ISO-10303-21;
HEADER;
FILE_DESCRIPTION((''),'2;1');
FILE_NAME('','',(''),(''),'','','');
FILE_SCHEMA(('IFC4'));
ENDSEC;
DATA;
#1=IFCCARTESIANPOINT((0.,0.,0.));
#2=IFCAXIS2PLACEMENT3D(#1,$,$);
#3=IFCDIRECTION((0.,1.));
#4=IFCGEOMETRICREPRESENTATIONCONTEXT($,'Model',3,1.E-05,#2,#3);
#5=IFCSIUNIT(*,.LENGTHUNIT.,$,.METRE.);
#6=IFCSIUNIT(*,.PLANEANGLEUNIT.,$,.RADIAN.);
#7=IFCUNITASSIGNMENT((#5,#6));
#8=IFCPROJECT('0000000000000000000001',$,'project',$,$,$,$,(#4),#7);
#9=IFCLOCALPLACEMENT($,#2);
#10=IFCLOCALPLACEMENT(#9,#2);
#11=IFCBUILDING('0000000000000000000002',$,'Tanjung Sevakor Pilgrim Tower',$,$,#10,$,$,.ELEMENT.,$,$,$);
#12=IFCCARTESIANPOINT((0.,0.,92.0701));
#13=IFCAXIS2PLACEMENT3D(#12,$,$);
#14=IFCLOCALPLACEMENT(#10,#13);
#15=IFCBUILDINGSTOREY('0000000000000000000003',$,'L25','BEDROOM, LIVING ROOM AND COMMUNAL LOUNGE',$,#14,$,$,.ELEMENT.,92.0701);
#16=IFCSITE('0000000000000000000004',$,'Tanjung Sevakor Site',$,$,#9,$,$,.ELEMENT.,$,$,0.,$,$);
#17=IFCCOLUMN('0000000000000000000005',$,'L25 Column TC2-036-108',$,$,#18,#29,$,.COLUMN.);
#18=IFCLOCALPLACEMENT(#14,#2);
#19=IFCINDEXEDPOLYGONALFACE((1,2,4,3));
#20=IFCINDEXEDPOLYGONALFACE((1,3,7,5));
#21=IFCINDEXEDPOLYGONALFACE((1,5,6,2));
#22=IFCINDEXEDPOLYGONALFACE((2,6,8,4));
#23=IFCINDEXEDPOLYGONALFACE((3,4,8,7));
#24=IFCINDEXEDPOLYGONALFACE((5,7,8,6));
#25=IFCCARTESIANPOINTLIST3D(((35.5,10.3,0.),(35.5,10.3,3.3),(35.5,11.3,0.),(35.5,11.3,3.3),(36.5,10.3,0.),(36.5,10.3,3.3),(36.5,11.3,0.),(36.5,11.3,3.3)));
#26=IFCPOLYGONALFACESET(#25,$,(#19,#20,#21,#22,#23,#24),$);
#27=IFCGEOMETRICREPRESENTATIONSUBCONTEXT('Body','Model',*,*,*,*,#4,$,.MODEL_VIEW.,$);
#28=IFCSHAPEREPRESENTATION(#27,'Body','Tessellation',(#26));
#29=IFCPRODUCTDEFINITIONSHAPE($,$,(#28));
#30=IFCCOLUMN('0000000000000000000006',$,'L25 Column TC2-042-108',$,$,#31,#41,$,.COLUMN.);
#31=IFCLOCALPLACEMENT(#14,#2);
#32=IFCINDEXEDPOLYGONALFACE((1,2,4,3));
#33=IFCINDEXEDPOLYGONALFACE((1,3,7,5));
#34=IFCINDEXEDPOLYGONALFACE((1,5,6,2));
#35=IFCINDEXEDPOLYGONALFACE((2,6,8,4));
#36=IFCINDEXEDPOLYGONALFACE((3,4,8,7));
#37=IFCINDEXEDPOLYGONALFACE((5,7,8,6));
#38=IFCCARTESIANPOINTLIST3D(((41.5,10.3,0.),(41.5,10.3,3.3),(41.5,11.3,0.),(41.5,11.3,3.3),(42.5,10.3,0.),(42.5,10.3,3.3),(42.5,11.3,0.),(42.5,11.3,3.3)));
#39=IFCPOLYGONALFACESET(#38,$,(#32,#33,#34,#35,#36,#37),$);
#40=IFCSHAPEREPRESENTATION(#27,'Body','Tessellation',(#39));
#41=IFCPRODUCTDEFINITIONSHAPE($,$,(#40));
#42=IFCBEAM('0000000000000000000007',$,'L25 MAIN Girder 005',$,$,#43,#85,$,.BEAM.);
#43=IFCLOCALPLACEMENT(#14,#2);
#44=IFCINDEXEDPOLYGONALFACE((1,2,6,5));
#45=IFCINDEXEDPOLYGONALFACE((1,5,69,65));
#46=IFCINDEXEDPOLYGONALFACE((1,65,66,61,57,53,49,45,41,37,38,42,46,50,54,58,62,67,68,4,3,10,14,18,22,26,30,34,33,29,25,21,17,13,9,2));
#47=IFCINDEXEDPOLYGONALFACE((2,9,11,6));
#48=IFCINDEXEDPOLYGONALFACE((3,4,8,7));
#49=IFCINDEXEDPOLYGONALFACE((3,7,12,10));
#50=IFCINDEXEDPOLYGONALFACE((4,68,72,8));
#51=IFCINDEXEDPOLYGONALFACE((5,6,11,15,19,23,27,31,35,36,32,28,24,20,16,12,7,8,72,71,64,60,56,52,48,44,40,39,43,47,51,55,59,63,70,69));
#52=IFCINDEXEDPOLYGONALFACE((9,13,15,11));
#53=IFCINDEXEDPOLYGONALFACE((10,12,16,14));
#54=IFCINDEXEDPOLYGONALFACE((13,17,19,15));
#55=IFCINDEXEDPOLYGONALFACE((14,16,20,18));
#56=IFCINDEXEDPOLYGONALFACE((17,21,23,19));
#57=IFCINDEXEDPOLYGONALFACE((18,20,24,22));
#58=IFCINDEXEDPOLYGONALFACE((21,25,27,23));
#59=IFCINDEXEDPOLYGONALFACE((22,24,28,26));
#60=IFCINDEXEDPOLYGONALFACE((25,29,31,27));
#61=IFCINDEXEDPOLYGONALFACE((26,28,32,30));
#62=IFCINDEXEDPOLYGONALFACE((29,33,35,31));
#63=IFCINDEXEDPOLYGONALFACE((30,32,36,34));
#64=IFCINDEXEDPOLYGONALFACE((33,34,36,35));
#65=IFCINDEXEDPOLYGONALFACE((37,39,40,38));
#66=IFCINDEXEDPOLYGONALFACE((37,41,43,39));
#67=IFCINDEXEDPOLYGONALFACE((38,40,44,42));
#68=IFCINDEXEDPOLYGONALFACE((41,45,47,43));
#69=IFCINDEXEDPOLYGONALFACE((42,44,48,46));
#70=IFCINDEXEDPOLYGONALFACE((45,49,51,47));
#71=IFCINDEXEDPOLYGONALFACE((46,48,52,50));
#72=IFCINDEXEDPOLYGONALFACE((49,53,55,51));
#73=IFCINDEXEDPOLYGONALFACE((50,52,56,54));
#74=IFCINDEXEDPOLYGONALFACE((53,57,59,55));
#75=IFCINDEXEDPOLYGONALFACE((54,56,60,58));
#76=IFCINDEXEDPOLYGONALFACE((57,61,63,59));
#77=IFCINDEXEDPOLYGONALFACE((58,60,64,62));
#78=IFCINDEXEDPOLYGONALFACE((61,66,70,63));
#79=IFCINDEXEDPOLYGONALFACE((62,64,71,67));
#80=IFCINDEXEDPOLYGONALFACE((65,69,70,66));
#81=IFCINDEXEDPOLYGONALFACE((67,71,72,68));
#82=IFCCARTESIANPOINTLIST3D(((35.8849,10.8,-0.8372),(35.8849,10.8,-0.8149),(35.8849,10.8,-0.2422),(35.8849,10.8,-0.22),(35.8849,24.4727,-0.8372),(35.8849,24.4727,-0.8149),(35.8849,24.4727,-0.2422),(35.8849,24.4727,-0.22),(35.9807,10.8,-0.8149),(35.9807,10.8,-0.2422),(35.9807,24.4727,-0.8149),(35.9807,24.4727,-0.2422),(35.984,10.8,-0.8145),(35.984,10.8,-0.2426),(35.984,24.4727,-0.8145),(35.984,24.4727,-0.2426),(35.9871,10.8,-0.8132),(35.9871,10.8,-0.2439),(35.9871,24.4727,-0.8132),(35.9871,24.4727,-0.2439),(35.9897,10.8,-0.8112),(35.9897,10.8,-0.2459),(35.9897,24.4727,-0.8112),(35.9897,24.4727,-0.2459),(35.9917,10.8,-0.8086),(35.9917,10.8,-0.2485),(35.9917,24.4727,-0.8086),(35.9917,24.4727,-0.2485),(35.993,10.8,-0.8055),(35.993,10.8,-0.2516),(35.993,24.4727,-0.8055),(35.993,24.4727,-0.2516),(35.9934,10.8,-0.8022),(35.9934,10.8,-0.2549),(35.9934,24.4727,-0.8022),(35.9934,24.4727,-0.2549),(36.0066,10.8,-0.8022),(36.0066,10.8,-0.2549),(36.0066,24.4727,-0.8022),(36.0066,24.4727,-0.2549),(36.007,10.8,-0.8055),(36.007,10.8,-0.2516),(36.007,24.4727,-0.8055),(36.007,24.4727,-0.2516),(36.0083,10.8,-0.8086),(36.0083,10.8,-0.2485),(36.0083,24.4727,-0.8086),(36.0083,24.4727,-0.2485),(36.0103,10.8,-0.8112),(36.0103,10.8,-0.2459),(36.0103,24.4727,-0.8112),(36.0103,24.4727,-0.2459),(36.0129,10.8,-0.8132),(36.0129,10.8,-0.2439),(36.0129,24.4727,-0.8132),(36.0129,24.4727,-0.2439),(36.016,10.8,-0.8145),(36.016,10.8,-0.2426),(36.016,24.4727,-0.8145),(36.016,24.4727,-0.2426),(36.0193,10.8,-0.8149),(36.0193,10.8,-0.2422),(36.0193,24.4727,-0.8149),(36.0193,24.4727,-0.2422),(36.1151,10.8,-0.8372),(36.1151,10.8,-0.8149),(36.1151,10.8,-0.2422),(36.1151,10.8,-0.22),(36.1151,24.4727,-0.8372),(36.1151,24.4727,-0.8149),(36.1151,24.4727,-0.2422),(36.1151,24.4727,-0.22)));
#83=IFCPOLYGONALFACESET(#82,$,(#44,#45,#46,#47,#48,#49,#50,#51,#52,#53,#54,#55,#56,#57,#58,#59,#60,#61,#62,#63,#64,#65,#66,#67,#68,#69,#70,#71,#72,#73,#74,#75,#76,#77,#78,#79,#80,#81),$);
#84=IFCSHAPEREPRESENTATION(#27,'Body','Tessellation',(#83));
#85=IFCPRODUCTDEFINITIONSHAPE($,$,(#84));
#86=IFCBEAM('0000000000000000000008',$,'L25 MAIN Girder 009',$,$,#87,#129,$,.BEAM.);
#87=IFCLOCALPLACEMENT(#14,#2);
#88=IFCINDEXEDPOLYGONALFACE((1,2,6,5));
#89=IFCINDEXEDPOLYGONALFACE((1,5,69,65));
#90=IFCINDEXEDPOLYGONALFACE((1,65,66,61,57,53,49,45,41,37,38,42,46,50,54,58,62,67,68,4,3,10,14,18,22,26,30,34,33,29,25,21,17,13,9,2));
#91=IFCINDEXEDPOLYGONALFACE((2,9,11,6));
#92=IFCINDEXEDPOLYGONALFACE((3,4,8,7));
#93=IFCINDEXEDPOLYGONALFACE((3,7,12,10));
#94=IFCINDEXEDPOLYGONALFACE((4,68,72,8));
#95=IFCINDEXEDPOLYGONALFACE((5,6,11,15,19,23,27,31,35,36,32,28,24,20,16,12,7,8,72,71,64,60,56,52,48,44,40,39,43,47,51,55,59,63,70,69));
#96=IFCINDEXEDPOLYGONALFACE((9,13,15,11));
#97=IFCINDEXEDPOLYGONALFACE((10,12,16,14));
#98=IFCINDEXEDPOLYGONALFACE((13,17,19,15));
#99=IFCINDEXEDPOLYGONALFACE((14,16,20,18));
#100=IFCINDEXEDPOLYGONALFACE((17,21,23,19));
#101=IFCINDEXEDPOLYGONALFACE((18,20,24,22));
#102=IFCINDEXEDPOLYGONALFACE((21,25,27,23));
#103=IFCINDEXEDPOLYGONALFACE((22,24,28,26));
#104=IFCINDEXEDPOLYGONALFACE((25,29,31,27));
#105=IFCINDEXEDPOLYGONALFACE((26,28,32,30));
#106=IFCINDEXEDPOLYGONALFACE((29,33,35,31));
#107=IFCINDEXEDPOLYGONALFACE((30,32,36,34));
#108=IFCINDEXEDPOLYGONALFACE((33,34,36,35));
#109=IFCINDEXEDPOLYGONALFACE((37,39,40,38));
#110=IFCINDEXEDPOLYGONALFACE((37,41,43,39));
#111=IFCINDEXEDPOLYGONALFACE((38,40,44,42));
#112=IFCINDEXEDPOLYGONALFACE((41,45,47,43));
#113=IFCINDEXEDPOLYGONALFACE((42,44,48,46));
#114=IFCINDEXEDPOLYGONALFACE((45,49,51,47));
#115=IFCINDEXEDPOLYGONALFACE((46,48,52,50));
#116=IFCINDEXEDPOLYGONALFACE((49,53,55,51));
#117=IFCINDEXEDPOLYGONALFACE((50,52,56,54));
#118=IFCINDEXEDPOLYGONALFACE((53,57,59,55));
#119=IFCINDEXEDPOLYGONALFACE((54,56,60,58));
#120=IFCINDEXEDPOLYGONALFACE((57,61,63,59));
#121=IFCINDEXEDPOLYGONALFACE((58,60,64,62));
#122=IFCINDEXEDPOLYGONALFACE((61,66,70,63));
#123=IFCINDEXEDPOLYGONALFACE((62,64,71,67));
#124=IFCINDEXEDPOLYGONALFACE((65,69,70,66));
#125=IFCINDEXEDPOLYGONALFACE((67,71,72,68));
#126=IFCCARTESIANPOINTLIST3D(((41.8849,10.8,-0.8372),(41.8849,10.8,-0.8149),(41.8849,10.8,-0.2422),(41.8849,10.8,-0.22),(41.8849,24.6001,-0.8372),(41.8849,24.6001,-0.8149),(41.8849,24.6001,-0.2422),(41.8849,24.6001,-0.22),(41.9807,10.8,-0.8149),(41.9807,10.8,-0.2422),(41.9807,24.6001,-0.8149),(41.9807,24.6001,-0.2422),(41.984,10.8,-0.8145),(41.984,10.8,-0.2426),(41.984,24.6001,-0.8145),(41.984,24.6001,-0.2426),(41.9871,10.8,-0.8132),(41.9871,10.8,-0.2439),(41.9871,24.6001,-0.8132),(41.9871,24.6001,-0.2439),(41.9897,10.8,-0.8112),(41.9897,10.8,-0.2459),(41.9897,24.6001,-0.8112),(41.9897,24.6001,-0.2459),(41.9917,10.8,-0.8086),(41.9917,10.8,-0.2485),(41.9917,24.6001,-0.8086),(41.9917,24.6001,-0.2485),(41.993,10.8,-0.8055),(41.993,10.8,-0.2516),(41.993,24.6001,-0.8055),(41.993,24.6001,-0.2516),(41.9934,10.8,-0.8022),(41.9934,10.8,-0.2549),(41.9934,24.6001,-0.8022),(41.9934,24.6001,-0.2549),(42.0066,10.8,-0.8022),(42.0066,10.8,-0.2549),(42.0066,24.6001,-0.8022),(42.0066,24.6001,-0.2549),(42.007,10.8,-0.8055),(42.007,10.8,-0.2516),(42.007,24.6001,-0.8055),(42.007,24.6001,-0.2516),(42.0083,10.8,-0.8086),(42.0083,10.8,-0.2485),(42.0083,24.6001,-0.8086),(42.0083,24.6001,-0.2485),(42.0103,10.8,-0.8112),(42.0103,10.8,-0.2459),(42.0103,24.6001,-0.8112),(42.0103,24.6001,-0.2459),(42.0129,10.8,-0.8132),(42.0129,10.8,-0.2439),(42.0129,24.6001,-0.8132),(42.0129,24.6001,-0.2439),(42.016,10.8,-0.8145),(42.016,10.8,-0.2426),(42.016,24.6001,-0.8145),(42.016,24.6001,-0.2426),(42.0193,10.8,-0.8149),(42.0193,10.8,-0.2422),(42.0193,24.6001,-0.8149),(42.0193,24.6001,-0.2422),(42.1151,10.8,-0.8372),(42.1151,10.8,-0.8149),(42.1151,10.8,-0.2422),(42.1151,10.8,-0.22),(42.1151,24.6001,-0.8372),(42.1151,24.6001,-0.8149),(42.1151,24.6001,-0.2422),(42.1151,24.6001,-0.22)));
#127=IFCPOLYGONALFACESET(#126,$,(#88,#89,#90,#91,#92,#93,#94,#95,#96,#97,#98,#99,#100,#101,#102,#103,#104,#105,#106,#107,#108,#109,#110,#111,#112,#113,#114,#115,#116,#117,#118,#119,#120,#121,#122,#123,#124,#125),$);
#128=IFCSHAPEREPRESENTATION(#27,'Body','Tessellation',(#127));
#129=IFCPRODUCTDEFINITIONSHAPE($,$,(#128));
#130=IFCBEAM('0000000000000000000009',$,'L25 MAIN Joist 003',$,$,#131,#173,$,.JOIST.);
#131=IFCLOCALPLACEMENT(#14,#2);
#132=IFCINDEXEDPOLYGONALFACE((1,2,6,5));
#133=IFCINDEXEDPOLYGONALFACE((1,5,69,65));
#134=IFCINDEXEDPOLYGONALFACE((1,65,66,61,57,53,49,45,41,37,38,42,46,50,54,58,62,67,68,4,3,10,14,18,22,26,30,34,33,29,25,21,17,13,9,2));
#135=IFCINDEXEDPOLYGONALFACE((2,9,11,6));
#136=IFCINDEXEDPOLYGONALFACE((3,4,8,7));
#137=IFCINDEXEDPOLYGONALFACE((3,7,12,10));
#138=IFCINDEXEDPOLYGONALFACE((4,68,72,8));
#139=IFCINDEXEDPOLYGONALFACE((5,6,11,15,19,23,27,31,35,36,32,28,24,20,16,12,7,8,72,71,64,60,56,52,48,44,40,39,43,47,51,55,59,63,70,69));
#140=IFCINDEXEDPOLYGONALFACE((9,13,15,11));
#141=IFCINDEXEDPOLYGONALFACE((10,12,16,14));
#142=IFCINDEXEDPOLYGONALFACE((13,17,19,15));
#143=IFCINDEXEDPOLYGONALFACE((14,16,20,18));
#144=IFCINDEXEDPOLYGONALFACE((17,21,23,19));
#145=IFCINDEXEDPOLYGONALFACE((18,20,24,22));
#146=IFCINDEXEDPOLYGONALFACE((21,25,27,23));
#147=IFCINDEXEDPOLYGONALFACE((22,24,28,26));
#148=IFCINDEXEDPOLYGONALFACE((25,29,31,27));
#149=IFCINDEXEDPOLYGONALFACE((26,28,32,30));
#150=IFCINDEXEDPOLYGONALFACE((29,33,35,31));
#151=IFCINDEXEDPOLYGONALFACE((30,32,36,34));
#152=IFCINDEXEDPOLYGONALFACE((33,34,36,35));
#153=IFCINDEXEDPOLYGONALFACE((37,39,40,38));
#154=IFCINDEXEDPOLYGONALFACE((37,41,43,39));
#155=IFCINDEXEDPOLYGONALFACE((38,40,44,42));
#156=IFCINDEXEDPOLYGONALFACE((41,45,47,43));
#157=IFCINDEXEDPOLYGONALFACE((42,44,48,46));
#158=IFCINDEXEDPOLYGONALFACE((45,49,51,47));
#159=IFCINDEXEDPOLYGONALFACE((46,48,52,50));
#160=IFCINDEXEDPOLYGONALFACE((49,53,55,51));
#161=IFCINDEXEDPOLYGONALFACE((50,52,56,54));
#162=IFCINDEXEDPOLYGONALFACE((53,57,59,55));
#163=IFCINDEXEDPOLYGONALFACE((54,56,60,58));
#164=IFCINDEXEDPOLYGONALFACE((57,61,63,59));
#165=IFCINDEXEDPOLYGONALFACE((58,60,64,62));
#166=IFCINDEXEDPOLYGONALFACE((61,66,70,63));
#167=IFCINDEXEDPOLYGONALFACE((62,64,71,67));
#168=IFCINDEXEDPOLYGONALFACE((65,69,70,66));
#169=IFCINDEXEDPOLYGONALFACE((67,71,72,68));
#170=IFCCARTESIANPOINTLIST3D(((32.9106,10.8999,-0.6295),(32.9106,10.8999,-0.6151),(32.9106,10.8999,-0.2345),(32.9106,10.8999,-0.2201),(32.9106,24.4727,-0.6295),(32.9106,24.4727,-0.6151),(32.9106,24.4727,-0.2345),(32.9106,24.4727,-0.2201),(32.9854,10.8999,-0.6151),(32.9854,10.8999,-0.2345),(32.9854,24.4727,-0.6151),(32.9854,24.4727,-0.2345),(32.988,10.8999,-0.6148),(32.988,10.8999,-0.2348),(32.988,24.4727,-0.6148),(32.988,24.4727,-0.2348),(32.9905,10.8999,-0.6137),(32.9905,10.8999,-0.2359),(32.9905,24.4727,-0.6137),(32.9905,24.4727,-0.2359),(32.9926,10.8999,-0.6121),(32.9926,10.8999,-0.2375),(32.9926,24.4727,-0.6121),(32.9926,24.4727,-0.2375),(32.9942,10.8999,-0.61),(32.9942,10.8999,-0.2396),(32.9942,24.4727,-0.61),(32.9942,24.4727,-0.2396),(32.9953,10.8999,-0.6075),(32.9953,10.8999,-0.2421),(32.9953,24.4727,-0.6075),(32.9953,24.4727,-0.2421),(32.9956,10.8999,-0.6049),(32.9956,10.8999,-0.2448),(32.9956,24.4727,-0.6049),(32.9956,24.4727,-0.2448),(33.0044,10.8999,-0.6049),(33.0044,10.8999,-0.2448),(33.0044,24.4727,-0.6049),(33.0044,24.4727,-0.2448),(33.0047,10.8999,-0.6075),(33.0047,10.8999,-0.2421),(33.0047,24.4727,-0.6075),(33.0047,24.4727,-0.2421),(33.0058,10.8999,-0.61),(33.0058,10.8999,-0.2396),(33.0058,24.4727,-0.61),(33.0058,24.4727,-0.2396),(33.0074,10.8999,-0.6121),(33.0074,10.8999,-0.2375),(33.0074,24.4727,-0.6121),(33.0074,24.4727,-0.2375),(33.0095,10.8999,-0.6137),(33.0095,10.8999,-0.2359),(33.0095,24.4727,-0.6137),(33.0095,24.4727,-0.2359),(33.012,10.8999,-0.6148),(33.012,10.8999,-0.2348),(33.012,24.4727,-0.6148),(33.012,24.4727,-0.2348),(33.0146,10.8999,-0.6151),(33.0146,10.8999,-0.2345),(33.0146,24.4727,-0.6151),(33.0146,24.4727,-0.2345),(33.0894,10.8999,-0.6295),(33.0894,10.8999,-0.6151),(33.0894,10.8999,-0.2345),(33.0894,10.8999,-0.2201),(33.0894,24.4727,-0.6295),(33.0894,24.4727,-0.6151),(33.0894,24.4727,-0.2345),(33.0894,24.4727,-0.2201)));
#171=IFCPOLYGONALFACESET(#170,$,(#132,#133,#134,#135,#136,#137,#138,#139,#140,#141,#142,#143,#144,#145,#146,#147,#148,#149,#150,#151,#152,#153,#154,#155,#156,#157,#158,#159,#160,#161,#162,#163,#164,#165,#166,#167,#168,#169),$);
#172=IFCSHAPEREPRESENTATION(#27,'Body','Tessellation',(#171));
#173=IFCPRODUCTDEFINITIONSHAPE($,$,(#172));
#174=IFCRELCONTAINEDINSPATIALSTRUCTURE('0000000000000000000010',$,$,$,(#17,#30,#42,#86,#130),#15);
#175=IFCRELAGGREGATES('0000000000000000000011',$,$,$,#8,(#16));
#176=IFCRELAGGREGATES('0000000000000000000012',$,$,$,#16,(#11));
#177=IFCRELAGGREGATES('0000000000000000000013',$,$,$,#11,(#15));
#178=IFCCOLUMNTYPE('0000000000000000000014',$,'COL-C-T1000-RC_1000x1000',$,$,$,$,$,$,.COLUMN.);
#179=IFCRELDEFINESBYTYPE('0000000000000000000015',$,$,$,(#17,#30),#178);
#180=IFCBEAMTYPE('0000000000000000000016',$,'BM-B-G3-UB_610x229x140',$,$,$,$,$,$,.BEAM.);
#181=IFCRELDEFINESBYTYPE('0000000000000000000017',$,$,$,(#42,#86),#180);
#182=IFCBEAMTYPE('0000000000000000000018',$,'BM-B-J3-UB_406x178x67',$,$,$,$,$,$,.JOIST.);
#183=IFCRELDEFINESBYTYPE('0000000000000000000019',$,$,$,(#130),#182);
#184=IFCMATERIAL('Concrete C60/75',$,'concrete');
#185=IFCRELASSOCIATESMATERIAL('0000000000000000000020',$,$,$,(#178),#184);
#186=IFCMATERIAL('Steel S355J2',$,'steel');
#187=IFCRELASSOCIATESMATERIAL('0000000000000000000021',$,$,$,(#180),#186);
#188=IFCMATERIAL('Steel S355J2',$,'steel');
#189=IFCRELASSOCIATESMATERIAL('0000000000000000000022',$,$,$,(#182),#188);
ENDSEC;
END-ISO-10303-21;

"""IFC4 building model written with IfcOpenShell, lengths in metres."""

from ifc_helpers import new_model, si_unit, direction, frame, origin, origin_2d, place, context, subcontext, project, spatial, rectangle, i_section, extrude, material, material_profile, profile_set, type_object, element, save


model = new_model("IFC4")

# Units and contexts
model_context = context("Model", 3, precision=1e-05, world=origin(), true_north=direction((0.0, 1.0)))
body_context = subcontext(model_context, "Body", "Model", "MODEL_VIEW")
ifc_project = project(units=[si_unit("LENGTHUNIT", "METRE"), si_unit("PLANEANGLEUNIT", "RADIAN")], contexts=[model_context])

# Site, building, storey
site_placement = place(None, origin())
site = spatial("IfcSite", under=ifc_project, at=site_placement, Name="Tanjung Sevakor Site", CompositionType="ELEMENT", RefElevation=0.0)
building_placement = place(site_placement, origin())
building = spatial("IfcBuilding", under=site, at=building_placement, Name="Tanjung Sevakor Pilgrim Tower", CompositionType="ELEMENT")
storey_placement = place(building_placement, frame((0.0, 0.0, 92.0701)))
storey = spatial("IfcBuildingStorey", under=building, at=storey_placement, Name="L25", Description="BEDROOM, LIVING ROOM AND COMMUNAL LOUNGE", CompositionType="ELEMENT", Elevation=92.0701)

# Columns
ifc_material_1 = material(Name="Concrete C60/75", Category="concrete")
ifc_material_profile_1 = material_profile(ifc_material_1, rectangle(XDim=1.0, YDim=1.0, at=origin_2d()))
ifc_profile_set_1 = profile_set([ifc_material_profile_1], Name="Concrete C60/75")
column_type = type_object("IfcColumnType", Name="COL-C-T1000-RC_1000x1000", PredefinedType="COLUMN", material=ifc_profile_set_1)
for number, where, z_axis, x_axis, name in (
    (1, (36.0, 10.8, 0.0), (0.0, 0.0, 1.0), (1.0, 0.0, 0.0), "L25 Column TC2-036-108"),
    (2, (42.0, 10.8, 0.0), (0.0, 0.0, 1.0), (1.0, 0.0, 0.0), "L25 Column TC2-042-108"),
):
    element("IfcColumn", number, at=place(storey_placement, frame(where, z_axis=z_axis, x_axis=x_axis)), inside=storey, type_object=column_type, Name=name, PredefinedType="COLUMN", context=body_context, shape_type="SweptSolid", body=[
        extrude(rectangle(XDim=1.0, YDim=1.0, at=origin_2d()), origin(), (0.0, 0.0, 1.0), 3.3),
    ])

# Beams
ifc_material_2 = material(Name="Steel S355J2", Category="steel")
ifc_material_profile_2 = material_profile(ifc_material_2, i_section(OverallWidth=0.2302, OverallDepth=0.6172, WebThickness=0.0132, FlangeThickness=0.0222, FilletRadius=0.0127, at=origin_2d()))
ifc_profile_set_2 = profile_set([ifc_material_profile_2], Name="Steel S355J2")
beam_type_1 = type_object("IfcBeamType", Name="BM-B-G3-UB_610x229x140", PredefinedType="BEAM", material=ifc_profile_set_2)
beam_1_placement = place(storey_placement, frame((36.0, 10.8, -0.5286), z_axis=(0.0, 1.0, 0.0), x_axis=(-1.0, 0.0, 0.0)))
element("IfcBeam", 3, at=beam_1_placement, inside=storey, type_object=beam_type_1, Name="L25 MAIN Girder 005", PredefinedType="BEAM", context=body_context, shape_type="SweptSolid", body=[
    extrude(i_section(OverallWidth=0.2302, OverallDepth=0.6172, WebThickness=0.0132, FlangeThickness=0.0222, FilletRadius=0.0127, at=origin_2d()), origin(), (0.0, 0.0, 1.0), 13.6726),
])
beam_2_placement = place(storey_placement, frame((42.0, 10.8, -0.5286), z_axis=(0.0, 1.0, 0.0), x_axis=(-1.0, 0.0, 0.0)))
element("IfcBeam", 4, at=beam_2_placement, inside=storey, type_object=beam_type_1, Name="L25 MAIN Girder 009", PredefinedType="BEAM", context=body_context, shape_type="SweptSolid", body=[
    extrude(i_section(OverallWidth=0.2302, OverallDepth=0.6172, WebThickness=0.0132, FlangeThickness=0.0222, FilletRadius=0.0127, at=origin_2d()), origin(), (0.0, 0.0, 1.0), 13.8),
])
ifc_material_3 = material(Name="Steel S355J2", Category="steel")
ifc_material_profile_3 = material_profile(ifc_material_3, i_section(OverallWidth=0.1787, OverallDepth=0.4094, WebThickness=0.0088, FlangeThickness=0.0144, FilletRadius=0.0103, at=origin_2d()))
ifc_profile_set_3 = profile_set([ifc_material_profile_3], Name="Steel S355J2")
beam_type_2 = type_object("IfcBeamType", Name="BM-B-J3-UB_406x178x67", PredefinedType="JOIST", material=ifc_profile_set_3)
for number, where, z_axis, x_axis, name in (
    (5, (33.0, 10.8999, -0.4248), (0.0, 1.0, 0.0), (-1.0, 0.0, 0.0), "L25 MAIN Joist 003"),
):
    element("IfcBeam", number, at=place(storey_placement, frame(where, z_axis=z_axis, x_axis=x_axis)), inside=storey, type_object=beam_type_2, Name=name, PredefinedType="JOIST", context=body_context, shape_type="SweptSolid", body=[
        extrude(i_section(OverallWidth=0.1787, OverallDepth=0.4094, WebThickness=0.0088, FlangeThickness=0.0144, FilletRadius=0.0103, at=origin_2d()), origin(), (0.0, 0.0, 1.0), 13.5728),
    ])

save(model, "model.ifc")
